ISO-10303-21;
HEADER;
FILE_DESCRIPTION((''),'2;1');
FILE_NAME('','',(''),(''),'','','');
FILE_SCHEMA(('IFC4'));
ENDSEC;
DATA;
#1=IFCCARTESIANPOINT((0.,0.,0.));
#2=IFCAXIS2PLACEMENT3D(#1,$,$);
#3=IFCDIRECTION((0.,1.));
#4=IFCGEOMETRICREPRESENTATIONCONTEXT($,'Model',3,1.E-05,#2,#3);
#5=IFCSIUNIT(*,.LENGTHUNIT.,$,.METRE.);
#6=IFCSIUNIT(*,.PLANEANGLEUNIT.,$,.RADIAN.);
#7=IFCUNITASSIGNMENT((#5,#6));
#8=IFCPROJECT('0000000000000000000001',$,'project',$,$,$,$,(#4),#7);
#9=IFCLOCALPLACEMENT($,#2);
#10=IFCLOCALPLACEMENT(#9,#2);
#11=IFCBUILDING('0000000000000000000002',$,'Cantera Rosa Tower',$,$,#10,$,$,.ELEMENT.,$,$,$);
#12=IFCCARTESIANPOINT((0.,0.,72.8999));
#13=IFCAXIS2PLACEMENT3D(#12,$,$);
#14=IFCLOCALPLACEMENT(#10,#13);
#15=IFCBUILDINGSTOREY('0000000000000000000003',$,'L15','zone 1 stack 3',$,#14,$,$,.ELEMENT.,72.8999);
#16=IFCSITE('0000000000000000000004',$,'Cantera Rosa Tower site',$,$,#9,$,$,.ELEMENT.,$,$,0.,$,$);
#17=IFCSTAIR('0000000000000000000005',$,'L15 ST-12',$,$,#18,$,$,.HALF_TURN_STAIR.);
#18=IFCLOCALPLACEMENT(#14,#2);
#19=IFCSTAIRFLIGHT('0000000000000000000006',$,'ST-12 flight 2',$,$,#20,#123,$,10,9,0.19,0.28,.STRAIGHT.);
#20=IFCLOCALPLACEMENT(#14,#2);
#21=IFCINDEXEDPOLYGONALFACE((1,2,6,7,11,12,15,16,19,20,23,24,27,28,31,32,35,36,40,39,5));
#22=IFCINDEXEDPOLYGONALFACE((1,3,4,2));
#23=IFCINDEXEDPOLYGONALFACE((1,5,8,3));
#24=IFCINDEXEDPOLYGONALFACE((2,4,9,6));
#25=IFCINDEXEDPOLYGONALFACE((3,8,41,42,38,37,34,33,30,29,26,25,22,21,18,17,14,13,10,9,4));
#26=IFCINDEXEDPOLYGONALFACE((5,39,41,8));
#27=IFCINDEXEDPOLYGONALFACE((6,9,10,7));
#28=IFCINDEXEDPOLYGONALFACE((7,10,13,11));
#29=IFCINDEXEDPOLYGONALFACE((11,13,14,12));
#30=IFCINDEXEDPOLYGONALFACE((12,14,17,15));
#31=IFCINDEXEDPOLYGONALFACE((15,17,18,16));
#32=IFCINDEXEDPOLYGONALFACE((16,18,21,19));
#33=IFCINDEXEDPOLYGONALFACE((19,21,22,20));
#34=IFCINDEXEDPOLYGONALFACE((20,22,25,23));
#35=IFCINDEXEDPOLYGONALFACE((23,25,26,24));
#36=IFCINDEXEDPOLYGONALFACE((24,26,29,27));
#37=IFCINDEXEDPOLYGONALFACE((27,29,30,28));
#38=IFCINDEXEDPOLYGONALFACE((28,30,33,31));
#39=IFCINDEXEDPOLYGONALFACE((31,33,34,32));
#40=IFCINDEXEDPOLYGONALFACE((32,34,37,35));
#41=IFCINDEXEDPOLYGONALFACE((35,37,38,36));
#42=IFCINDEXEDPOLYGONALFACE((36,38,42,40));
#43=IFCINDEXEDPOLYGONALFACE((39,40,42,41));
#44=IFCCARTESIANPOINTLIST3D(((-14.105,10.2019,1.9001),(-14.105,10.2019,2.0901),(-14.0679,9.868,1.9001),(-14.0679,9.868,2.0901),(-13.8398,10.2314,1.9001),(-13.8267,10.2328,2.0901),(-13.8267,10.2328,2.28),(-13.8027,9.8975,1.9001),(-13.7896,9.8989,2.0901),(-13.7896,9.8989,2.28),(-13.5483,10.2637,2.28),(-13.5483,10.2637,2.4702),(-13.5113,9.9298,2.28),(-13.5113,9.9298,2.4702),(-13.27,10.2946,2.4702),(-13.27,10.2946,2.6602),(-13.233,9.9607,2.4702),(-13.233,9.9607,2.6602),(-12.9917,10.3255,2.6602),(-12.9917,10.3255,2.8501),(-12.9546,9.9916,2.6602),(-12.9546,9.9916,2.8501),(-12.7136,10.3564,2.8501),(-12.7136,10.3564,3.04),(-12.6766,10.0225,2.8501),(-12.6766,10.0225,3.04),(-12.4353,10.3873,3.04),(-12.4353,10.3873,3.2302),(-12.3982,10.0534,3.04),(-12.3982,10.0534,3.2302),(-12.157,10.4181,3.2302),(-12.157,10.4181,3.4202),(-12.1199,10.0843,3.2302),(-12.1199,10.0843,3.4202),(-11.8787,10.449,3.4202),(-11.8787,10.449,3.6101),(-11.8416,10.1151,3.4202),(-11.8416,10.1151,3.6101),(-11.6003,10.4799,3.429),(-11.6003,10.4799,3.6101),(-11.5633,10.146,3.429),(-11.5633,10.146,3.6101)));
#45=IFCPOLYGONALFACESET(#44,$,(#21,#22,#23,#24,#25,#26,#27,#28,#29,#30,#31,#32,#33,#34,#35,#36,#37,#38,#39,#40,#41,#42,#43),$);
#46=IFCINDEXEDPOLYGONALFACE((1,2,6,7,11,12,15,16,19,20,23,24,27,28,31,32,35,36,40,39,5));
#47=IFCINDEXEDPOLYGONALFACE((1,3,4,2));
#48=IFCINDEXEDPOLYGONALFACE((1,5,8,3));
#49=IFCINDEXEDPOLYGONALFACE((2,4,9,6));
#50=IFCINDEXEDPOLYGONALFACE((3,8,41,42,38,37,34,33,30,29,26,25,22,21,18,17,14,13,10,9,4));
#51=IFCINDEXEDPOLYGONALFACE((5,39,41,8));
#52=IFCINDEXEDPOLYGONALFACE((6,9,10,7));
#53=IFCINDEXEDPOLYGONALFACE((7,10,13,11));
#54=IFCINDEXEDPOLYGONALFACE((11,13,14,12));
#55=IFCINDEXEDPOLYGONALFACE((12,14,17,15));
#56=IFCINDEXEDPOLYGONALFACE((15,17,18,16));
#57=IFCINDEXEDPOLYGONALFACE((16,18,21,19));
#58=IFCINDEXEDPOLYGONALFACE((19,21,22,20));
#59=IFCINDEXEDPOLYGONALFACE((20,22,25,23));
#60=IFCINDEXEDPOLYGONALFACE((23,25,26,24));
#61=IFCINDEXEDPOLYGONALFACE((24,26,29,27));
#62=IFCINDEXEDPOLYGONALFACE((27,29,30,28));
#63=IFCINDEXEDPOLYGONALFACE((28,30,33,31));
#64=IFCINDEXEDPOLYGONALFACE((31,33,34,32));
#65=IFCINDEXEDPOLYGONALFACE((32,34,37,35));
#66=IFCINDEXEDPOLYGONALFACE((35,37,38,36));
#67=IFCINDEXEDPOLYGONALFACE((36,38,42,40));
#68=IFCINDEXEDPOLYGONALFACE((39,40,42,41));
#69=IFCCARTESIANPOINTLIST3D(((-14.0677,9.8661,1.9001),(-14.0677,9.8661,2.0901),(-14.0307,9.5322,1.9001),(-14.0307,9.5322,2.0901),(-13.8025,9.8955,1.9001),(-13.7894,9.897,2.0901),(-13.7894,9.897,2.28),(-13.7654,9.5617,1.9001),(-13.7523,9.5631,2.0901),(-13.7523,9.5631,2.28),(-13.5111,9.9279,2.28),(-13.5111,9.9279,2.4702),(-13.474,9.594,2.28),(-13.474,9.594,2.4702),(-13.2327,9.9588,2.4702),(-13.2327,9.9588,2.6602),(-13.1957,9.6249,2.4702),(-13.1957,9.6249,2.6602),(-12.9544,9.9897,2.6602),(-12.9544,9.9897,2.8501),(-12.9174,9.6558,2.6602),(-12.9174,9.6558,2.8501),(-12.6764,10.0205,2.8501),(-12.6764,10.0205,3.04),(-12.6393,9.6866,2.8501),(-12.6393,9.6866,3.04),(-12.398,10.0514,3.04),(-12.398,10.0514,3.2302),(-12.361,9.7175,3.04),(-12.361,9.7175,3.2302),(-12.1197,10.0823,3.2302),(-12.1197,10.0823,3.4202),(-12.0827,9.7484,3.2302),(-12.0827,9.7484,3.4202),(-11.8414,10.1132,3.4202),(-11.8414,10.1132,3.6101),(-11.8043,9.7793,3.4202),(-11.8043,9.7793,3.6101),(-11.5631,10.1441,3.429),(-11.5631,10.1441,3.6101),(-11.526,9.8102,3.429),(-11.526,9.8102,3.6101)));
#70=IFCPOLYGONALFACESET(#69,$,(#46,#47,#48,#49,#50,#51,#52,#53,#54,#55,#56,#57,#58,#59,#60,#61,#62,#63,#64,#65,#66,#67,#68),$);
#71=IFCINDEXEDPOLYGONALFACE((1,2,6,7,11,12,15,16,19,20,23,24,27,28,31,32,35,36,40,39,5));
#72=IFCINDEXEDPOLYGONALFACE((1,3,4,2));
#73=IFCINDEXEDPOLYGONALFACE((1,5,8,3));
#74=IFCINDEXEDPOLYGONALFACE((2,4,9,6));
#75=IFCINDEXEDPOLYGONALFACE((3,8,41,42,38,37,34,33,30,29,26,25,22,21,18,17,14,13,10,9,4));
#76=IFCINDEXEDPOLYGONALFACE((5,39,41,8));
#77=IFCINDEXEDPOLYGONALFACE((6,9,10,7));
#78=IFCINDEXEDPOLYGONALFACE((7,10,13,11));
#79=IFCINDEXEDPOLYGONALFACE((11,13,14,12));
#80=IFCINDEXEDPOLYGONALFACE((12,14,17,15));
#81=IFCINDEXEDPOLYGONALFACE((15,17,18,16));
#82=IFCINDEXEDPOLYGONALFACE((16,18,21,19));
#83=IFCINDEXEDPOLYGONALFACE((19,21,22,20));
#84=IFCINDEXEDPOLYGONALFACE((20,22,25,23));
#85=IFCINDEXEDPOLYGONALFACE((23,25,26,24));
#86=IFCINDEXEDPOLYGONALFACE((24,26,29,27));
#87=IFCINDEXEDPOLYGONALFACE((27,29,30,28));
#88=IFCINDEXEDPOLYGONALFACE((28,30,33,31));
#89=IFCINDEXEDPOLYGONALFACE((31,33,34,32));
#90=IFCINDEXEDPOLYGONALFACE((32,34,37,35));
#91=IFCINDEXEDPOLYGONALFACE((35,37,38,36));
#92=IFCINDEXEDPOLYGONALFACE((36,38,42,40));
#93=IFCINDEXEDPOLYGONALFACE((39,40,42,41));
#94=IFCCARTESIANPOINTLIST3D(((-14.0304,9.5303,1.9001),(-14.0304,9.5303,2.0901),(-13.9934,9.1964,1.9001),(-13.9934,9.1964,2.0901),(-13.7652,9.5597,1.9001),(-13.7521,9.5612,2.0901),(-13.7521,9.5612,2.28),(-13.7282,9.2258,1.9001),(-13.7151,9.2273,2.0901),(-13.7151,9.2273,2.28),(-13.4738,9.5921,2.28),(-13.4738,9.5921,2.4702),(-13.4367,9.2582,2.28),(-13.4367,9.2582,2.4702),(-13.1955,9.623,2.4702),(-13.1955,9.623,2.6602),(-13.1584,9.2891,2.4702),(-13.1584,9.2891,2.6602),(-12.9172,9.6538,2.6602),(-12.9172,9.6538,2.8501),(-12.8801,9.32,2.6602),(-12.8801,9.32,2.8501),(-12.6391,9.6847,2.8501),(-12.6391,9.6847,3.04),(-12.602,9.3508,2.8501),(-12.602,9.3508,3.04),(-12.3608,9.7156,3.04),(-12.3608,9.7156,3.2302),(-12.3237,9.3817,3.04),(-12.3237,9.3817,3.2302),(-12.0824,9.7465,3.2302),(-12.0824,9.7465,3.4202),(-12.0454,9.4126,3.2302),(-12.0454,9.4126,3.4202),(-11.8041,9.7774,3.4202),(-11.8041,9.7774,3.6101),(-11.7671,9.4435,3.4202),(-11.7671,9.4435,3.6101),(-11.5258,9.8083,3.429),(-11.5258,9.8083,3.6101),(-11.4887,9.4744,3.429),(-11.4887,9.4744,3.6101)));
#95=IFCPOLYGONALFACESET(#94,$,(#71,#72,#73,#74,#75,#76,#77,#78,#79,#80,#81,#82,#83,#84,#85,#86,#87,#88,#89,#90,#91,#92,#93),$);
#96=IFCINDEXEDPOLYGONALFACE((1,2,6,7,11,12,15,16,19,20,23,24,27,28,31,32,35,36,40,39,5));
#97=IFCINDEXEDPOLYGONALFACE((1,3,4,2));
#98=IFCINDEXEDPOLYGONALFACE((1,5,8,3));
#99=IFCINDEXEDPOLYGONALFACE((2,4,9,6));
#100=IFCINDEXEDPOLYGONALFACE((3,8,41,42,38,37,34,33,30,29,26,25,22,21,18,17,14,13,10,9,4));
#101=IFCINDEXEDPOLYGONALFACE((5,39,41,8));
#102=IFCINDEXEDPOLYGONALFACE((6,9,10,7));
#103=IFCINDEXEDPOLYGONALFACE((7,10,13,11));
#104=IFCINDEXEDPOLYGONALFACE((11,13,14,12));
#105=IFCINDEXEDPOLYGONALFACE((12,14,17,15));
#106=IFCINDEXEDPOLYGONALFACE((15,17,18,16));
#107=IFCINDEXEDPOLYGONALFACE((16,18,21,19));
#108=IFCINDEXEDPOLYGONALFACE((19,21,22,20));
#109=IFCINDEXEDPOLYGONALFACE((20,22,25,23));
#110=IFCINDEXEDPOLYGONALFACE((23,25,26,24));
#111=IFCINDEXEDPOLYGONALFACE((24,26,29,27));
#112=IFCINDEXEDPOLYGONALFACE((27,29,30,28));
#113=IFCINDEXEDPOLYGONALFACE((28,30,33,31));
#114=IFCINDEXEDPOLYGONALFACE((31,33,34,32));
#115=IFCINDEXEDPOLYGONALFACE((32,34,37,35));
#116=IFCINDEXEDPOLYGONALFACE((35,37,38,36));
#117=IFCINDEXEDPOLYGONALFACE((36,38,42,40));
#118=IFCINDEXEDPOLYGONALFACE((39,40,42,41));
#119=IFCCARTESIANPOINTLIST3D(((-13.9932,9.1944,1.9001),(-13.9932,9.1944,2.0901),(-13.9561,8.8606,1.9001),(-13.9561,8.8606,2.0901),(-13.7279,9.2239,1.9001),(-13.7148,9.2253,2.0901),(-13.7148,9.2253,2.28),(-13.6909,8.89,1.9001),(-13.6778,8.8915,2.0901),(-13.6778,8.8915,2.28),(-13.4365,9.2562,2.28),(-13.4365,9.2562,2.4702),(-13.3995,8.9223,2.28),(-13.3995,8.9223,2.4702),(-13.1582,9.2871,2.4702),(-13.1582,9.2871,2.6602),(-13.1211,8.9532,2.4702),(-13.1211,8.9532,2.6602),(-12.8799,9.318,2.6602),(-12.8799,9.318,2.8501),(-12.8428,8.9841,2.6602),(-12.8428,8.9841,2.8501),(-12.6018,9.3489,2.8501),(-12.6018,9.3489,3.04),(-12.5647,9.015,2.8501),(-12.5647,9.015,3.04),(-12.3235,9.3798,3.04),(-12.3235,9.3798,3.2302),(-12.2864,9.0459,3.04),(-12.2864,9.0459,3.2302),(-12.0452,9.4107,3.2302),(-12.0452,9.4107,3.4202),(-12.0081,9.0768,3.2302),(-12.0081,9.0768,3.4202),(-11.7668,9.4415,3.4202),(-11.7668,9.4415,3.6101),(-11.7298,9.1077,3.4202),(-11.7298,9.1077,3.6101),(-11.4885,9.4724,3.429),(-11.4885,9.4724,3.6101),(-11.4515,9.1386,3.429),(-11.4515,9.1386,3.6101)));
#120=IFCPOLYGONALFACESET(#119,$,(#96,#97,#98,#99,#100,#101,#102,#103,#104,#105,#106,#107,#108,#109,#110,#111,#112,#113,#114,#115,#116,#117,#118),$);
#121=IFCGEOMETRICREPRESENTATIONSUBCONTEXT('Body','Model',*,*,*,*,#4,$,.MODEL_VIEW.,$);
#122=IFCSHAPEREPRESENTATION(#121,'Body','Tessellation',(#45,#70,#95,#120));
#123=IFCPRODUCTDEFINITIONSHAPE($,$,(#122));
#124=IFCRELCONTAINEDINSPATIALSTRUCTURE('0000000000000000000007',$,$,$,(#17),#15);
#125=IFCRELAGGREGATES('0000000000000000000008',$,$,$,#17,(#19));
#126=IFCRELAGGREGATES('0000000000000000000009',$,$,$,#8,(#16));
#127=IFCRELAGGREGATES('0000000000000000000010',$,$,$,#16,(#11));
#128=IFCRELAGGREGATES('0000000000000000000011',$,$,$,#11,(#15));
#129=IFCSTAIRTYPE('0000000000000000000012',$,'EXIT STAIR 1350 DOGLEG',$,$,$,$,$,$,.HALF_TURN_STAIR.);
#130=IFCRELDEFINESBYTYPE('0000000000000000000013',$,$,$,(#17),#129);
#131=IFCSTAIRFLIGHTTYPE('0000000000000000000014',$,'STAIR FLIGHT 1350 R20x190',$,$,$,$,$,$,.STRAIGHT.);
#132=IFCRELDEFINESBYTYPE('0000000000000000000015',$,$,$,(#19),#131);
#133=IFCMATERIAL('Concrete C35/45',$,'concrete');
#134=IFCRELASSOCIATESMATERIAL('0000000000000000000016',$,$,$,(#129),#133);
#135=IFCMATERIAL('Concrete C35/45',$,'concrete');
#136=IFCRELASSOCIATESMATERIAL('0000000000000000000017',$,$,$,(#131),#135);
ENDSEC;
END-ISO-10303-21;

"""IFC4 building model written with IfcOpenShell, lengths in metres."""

from ifc_helpers import new_model, si_unit, direction, frame, origin, place, context, subcontext, project, spatial, polyline, outline, extrude, material, type_object, element, aggregate, save


model = new_model("IFC4")

# Units and contexts
model_context = context("Model", 3, precision=1e-05, world=origin(), true_north=direction((0.0, 1.0)))
body_context = subcontext(model_context, "Body", "Model", "MODEL_VIEW")
ifc_project = project(units=[si_unit("LENGTHUNIT", "METRE"), si_unit("PLANEANGLEUNIT", "RADIAN")], contexts=[model_context])

# Site, building, storey
site_placement = place(None, origin())
site = spatial("IfcSite", under=ifc_project, at=site_placement, Name="Cantera Rosa Tower site", CompositionType="ELEMENT", RefElevation=0.0)
building_placement = place(site_placement, origin())
building = spatial("IfcBuilding", under=site, at=building_placement, Name="Cantera Rosa Tower", CompositionType="ELEMENT")
storey_placement = place(building_placement, frame((0.0, 0.0, 72.8999)))
storey = spatial("IfcBuildingStorey", under=building, at=storey_placement, Name="L15", Description="zone 1 stack 3", CompositionType="ELEMENT", Elevation=72.8999)

# Stair, stair flight
ifc_material_1 = material(Name="Concrete C35/45", Category="concrete")
stair_type = type_object("IfcStairType", Name="EXIT STAIR 1350 DOGLEG", PredefinedType="HALF_TURN_STAIR", material=ifc_material_1)
stair_placement = place(storey_placement, origin())
stair = element("IfcStair", 1, at=stair_placement, inside=storey, type_object=stair_type, Name="L15 ST-12", PredefinedType="HALF_TURN_STAIR")
ifc_material_2 = material(Name="Concrete C35/45", Category="concrete")
stair_flight_type = type_object("IfcStairFlightType", Name="STAIR FLIGHT 1350 R20x190", PredefinedType="STRAIGHT", material=ifc_material_2)
stair_flight_1_placement = place(storey_placement, frame((-14.0305, 9.531, 1.9001), z_axis=(0.0, 0.0, 1.0), x_axis=(0.993897, 0.110313, 0.0)))
stair_flight_1 = element("IfcStairFlight", 2, at=stair_flight_1_placement, type_object=stair_flight_type, Name="ST-12 flight 2", NumberOfRisers=10, NumberOfTreads=9, PredefinedType="STRAIGHT", RiserHeight=0.19, TreadLength=0.28, context=body_context, shape_type="SweptSolid", body=[
    extrude(outline(polyline([(0.0, 0.0), (0.0, 0.1899), (0.28, 0.1899), (0.28, 0.3799), (0.5601, 0.3799), (0.5601, 0.5701), (0.8401, 0.5701), (0.8401, 0.76), (1.1201, 0.76), (1.1201, 0.95), (1.3999, 0.95), (1.3999, 1.1399), (1.6799, 1.1399), (1.6799, 1.3301), (1.96, 1.3301), (1.96, 1.52), (2.24, 1.52), (2.24, 1.71), (2.52, 1.71), (2.52, 1.8999), (2.52, 1.5288), (0.2668, 0.0), (0.0, 0.0)])), frame((0.0, 0.675, 0.0), z_axis=(0.0, -1.0, 0.0), x_axis=(1.0, 0.0, 0.0)), (0.0, 0.0, 1.0), 0.3359),
    extrude(outline(polyline([(0.0, 0.0), (0.0, 0.1899), (0.28, 0.1899), (0.28, 0.3799), (0.5601, 0.3799), (0.5601, 0.5701), (0.8401, 0.5701), (0.8401, 0.76), (1.1201, 0.76), (1.1201, 0.95), (1.3999, 0.95), (1.3999, 1.1399), (1.6799, 1.1399), (1.6799, 1.3301), (1.96, 1.3301), (1.96, 1.52), (2.24, 1.52), (2.24, 1.71), (2.52, 1.71), (2.52, 1.8999), (2.52, 1.5288), (0.2668, 0.0), (0.0, 0.0)])), frame((0.0, 0.3372, 0.0), z_axis=(0.0, -1.0, 0.0), x_axis=(1.0, 0.0, 0.0)), (0.0, 0.0, 1.0), 0.3359),
    extrude(outline(polyline([(0.0, 0.0), (0.0, 0.1899), (0.28, 0.1899), (0.28, 0.3799), (0.5601, 0.3799), (0.5601, 0.5701), (0.8401, 0.5701), (0.8401, 0.76), (1.1201, 0.76), (1.1201, 0.95), (1.3999, 0.95), (1.3999, 1.1399), (1.6799, 1.1399), (1.6799, 1.3301), (1.96, 1.3301), (1.96, 1.52), (2.24, 1.52), (2.24, 1.71), (2.52, 1.71), (2.52, 1.8999), (2.52, 1.5288), (0.2668, 0.0), (0.0, 0.0)])), frame((0.0, -0.0007, 0.0), z_axis=(0.0, -1.0, 0.0), x_axis=(1.0, 0.0, 0.0)), (0.0, 0.0, 1.0), 0.3359),
    extrude(outline(polyline([(0.0, 0.0), (0.0, 0.1899), (0.28, 0.1899), (0.28, 0.3799), (0.5601, 0.3799), (0.5601, 0.5701), (0.8401, 0.5701), (0.8401, 0.76), (1.1201, 0.76), (1.1201, 0.95), (1.3999, 0.95), (1.3999, 1.1399), (1.6799, 1.1399), (1.6799, 1.3301), (1.96, 1.3301), (1.96, 1.52), (2.24, 1.52), (2.24, 1.71), (2.52, 1.71), (2.52, 1.8999), (2.52, 1.5288), (0.2668, 0.0), (0.0, 0.0)])), frame((0.0, -0.3386, 0.0), z_axis=(0.0, -1.0, 0.0), x_axis=(1.0, 0.0, 0.0)), (0.0, 0.0, 1.0), 0.3359),
])
aggregate(stair, [stair_flight_1])

save(model, "model.ifc")
